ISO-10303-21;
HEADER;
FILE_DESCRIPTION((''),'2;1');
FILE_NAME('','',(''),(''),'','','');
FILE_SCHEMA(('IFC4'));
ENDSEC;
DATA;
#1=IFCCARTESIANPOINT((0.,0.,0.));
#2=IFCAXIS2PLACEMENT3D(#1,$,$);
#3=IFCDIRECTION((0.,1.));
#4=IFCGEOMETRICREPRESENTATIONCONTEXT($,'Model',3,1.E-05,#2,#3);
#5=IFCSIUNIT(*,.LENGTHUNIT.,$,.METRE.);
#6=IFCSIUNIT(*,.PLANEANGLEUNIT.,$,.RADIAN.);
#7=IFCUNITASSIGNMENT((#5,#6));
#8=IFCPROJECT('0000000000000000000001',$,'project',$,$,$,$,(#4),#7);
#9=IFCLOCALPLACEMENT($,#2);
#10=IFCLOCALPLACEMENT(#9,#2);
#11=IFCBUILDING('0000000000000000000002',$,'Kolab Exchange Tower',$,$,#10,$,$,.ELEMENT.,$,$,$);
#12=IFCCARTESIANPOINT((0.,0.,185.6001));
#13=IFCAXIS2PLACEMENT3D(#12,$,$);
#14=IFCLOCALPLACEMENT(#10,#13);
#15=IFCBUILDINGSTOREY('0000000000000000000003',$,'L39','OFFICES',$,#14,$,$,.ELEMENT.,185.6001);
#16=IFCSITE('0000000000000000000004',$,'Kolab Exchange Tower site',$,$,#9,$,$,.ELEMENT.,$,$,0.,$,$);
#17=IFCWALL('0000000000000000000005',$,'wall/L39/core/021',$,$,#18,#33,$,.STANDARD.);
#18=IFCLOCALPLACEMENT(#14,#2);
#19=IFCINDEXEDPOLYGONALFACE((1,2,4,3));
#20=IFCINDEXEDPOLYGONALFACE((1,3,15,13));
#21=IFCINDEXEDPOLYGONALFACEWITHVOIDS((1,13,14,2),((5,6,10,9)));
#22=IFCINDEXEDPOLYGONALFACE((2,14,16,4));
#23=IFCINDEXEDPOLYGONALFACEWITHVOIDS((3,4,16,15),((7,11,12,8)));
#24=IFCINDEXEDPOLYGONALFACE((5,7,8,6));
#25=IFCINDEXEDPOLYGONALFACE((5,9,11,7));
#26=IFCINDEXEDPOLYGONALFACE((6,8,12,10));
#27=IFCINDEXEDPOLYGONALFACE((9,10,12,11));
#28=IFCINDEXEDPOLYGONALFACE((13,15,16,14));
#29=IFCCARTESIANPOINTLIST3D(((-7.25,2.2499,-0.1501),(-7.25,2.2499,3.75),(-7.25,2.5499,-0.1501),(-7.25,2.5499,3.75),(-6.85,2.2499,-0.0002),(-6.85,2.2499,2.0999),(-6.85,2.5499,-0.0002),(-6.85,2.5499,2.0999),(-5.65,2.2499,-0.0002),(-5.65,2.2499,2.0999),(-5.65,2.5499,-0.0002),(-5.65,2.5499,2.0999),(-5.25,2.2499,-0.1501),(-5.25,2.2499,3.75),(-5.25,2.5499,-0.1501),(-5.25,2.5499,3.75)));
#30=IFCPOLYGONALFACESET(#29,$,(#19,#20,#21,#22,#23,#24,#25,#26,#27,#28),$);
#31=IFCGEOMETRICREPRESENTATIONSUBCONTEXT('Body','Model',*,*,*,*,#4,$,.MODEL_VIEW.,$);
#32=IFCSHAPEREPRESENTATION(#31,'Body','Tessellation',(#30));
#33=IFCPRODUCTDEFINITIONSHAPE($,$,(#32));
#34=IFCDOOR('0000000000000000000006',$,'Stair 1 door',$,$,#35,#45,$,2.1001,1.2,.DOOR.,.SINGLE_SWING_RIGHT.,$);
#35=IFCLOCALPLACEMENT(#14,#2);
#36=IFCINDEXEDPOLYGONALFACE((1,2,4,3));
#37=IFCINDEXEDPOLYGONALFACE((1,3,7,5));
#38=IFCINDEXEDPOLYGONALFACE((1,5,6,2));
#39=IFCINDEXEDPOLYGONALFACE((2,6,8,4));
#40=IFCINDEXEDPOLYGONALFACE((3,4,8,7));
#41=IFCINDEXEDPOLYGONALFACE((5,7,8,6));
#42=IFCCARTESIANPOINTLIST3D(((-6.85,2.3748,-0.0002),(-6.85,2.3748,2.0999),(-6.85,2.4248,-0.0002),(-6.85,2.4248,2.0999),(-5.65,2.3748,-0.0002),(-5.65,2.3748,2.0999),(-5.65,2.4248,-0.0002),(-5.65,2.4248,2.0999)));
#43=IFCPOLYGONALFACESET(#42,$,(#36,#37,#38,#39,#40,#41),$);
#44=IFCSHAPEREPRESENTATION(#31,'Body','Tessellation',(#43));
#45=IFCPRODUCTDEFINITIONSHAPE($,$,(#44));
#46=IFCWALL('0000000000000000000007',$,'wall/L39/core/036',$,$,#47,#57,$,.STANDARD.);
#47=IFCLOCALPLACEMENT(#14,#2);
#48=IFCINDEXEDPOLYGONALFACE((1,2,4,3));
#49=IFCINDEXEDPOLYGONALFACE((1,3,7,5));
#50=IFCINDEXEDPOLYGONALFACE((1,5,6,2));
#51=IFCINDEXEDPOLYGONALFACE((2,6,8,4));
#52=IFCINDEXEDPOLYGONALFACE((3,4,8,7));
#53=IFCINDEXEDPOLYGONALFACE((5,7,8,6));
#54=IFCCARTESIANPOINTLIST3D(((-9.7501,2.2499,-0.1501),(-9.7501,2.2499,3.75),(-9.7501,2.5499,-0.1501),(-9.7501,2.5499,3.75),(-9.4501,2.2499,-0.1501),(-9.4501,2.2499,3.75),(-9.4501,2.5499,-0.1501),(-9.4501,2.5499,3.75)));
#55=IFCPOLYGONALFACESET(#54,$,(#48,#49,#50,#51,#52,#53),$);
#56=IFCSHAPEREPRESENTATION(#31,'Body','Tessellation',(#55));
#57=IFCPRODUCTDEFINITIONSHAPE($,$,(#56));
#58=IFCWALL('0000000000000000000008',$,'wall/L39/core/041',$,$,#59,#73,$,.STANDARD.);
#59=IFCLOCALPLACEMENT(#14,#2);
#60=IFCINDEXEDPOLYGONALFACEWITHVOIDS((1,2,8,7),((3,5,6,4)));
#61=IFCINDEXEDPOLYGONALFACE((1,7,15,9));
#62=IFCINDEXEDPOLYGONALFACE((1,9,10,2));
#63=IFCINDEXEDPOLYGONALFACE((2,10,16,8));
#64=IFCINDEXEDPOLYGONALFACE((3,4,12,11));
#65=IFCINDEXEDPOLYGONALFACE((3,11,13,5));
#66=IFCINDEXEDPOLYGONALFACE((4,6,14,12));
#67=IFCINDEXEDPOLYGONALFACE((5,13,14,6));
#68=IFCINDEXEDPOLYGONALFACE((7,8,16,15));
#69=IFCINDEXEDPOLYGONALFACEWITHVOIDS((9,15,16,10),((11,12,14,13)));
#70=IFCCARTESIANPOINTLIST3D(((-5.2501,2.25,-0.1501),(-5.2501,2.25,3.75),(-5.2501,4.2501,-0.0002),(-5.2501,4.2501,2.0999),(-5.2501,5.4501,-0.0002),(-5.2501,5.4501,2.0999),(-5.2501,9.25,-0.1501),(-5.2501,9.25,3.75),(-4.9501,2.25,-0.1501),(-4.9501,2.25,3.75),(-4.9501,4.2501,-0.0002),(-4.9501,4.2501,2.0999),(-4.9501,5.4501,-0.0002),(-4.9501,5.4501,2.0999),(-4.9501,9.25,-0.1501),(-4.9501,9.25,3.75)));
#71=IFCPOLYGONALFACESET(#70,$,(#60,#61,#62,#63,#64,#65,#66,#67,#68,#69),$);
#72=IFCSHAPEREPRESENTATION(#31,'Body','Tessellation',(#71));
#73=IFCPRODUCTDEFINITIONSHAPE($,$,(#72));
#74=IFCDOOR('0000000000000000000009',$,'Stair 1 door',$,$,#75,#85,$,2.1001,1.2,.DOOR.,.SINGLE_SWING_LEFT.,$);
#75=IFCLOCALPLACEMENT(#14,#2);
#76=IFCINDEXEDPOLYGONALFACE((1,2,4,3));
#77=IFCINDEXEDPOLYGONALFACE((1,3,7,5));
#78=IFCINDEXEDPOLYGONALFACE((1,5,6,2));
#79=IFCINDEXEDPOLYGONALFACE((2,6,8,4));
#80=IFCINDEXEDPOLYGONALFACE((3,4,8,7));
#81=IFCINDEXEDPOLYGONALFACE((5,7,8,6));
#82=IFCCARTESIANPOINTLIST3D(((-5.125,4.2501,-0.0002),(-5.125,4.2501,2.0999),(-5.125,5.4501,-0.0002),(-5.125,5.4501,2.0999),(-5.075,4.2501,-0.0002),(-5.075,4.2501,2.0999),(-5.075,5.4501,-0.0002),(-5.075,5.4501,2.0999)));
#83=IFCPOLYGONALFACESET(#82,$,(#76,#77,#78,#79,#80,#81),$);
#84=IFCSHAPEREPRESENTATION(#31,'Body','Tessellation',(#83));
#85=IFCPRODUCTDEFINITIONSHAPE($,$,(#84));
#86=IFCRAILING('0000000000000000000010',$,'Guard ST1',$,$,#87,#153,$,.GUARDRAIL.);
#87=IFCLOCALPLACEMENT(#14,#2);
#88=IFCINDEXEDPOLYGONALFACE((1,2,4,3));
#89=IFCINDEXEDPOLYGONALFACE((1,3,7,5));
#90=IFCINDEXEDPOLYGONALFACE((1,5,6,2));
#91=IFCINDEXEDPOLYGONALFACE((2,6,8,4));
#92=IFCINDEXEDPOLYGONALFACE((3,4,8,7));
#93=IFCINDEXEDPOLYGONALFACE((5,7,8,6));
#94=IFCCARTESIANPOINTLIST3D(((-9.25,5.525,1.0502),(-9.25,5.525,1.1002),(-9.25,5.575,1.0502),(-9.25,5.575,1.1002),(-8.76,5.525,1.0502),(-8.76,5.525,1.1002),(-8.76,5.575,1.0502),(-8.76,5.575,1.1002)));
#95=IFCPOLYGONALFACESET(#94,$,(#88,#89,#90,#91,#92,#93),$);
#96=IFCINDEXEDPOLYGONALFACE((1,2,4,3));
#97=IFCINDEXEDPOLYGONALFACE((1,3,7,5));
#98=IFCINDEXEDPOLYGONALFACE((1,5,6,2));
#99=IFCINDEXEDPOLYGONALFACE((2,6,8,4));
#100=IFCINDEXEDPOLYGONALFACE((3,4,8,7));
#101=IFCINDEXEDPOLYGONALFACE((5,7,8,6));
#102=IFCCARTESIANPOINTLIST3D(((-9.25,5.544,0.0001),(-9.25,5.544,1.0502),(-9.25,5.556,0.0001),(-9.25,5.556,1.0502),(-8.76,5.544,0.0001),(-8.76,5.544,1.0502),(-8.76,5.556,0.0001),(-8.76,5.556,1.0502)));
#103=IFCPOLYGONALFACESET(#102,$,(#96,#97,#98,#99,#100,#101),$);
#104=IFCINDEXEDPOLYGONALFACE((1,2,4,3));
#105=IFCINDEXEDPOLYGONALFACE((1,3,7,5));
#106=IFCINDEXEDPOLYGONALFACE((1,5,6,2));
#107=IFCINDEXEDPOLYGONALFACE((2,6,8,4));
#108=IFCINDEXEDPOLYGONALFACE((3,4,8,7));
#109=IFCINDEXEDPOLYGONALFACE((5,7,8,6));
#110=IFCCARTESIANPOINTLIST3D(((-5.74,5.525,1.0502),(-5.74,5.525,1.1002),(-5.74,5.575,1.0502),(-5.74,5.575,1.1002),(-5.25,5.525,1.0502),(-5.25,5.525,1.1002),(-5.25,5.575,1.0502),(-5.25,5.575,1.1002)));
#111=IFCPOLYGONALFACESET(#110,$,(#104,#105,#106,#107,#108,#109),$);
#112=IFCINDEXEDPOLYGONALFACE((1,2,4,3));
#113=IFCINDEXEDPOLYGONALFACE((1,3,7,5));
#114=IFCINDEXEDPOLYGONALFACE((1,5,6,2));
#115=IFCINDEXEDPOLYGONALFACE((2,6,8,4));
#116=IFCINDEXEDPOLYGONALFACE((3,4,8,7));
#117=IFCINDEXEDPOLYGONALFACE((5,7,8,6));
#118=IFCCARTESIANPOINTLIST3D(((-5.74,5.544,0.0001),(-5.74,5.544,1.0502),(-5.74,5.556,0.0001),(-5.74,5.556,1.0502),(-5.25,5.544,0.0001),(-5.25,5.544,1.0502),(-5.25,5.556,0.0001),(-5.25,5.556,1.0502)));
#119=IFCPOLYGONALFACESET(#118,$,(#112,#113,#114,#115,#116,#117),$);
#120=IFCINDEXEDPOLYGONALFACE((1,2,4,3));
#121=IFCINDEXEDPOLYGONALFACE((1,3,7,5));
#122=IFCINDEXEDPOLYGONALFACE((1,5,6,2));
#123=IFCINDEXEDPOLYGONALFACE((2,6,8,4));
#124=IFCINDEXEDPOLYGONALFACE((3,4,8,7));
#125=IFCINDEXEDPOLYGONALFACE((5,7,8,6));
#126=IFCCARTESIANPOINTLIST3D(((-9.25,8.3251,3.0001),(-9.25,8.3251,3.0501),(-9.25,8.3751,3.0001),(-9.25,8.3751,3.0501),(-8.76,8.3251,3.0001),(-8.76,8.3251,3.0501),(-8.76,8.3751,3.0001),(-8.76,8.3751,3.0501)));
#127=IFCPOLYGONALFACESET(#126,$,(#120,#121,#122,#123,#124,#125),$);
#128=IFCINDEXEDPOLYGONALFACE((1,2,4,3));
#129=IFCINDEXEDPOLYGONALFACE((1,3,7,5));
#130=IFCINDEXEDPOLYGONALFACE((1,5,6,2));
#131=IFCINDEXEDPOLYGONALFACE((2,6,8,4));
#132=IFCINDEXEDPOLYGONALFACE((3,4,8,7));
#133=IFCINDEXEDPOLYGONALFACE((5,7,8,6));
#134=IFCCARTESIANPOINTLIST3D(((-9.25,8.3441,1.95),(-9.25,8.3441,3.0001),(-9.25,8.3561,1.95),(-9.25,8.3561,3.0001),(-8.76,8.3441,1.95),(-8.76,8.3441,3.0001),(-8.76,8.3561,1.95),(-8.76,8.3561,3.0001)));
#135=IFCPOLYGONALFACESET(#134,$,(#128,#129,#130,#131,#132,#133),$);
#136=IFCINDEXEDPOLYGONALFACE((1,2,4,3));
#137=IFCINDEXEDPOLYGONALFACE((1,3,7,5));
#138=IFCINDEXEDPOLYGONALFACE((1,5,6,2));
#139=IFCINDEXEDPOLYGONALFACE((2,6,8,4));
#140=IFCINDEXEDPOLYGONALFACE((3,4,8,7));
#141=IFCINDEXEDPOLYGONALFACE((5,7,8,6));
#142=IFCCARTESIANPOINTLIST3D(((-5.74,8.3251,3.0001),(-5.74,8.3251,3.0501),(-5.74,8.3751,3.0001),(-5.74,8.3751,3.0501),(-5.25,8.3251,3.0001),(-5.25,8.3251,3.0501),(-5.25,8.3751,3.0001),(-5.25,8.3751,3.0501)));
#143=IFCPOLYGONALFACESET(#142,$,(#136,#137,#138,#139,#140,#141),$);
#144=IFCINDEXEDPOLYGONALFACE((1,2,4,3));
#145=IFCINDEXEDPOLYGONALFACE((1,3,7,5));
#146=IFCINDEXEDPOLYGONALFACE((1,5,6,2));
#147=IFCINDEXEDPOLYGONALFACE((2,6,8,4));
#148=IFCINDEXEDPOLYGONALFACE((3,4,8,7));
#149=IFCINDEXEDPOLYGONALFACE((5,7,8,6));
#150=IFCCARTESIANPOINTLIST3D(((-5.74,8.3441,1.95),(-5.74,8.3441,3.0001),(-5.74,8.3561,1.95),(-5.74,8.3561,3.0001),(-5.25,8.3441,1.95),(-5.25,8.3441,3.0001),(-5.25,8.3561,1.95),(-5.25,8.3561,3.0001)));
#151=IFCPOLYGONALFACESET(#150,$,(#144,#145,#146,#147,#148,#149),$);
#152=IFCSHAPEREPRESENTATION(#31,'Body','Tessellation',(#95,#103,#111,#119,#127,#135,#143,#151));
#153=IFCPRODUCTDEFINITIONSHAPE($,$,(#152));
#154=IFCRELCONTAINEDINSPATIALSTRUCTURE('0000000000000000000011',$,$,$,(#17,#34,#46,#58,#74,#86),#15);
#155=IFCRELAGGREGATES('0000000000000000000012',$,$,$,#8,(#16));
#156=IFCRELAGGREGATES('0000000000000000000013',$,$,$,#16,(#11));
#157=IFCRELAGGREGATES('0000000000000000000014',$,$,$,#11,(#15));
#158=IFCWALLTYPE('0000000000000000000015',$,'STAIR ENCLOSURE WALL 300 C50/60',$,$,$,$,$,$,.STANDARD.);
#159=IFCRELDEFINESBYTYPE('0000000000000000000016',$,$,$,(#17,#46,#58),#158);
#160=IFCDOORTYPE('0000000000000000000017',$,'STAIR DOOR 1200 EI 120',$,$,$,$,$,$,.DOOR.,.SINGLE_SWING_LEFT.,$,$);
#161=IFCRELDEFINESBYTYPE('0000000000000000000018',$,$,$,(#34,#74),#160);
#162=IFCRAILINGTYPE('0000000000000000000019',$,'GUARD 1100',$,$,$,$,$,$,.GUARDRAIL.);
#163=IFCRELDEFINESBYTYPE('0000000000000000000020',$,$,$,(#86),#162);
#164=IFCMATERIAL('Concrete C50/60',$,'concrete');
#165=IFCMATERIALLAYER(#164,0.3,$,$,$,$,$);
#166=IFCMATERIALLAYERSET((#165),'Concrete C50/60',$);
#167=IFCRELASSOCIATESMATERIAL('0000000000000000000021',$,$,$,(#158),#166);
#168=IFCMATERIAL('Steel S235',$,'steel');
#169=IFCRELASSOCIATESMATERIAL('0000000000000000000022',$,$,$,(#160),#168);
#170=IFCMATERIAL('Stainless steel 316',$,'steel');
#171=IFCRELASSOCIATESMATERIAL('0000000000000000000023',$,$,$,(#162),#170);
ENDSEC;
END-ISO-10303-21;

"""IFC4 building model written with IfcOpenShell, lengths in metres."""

from ifc_helpers import new_model, si_unit, direction, frame, frame_2d, origin, origin_2d, place, context, subcontext, project, spatial, rectangle, extrude, material, layer, layer_set, type_object, element, fill, save


model = new_model("IFC4")

# Units and contexts
model_context = context("Model", 3, precision=1e-05, world=origin(), true_north=direction((0.0, 1.0)))
body_context = subcontext(model_context, "Body", "Model", "MODEL_VIEW")
ifc_project = project(units=[si_unit("LENGTHUNIT", "METRE"), si_unit("PLANEANGLEUNIT", "RADIAN")], contexts=[model_context])

# Site, building, storey
site_placement = place(None, origin())
site = spatial("IfcSite", under=ifc_project, at=site_placement, Name="Kolab Exchange Tower site", CompositionType="ELEMENT", RefElevation=0.0)
building_placement = place(site_placement, origin())
building = spatial("IfcBuilding", under=site, at=building_placement, Name="Kolab Exchange Tower", CompositionType="ELEMENT")
storey_placement = place(building_placement, frame((0.0, 0.0, 185.6001)))
storey = spatial("IfcBuildingStorey", under=building, at=storey_placement, Name="L39", Description="OFFICES", CompositionType="ELEMENT", Elevation=185.6001)

# Shared definitions
ifc_material_1 = material(Name="Concrete C50/60", Category="concrete")

# Shared definitions
ifc_material_2 = material(Name="Stainless steel 316", Category="steel")
ifc_material_3 = material(Name="Steel S235", Category="steel")

# Shared definitions
ifc_layer_1 = layer(ifc_material_1, 0.3)
ifc_layer_set_1 = layer_set([ifc_layer_1], Name="Concrete C50/60")
wall_type_1 = type_object("IfcWallType", Name="STAIR ENCLOSURE WALL 300 C50/60", PredefinedType="STANDARD", material=ifc_layer_set_1)

# Wall, opening, door
wall_1_placement = place(storey_placement, frame((-7.25, 2.3999, -0.1501), z_axis=(0.0, 0.0, 1.0), x_axis=(1.0, 0.0, 0.0)))
wall_1 = element("IfcWall", 1, at=wall_1_placement, inside=storey, type_object=wall_type_1, Name="wall/L39/core/021", PredefinedType="STANDARD", context=body_context, shape_type="SweptSolid", body=[
    extrude(rectangle(XDim=2.0, YDim=0.3, at=frame_2d((1.0, 0.0))), origin(), (0.0, 0.0, 1.0), 3.9001),
])
opening_1_placement = place(wall_1_placement, frame((0.3999, 0.0, 0.1499)))
opening_1 = element("IfcOpeningElement", 2, at=opening_1_placement, cuts=wall_1, PredefinedType="OPENING", context=body_context, shape_type="SweptSolid", body=[
    extrude(rectangle(XDim=1.2, YDim=2.1001, at=frame_2d((0.6001, 1.05))), frame((0.0, 0.1602, 0.0), z_axis=(0.0, -1.0, 0.0), x_axis=(1.0, 0.0, 0.0)), (0.0, 0.0, 1.0), 0.3201),
])
door_type_1 = type_object("IfcDoorType", Name="STAIR DOOR 1200 EI 120", OperationType="SINGLE_SWING_LEFT", PredefinedType="DOOR", material=ifc_material_3)
door_1_placement = place(opening_1_placement, origin())
door_1 = element("IfcDoor", 3, at=door_1_placement, inside=storey, type_object=door_type_1, Name="Stair 1 door", OperationType="SINGLE_SWING_RIGHT", OverallHeight=2.1001, OverallWidth=1.2, PredefinedType="DOOR", context=body_context, shape_type="SweptSolid", body=[
    extrude(rectangle(XDim=1.2, YDim=2.1001, at=frame_2d((0.6001, 1.05))), frame((0.0, 0.0249, 0.0), z_axis=(0.0, -1.0, 0.0), x_axis=(1.0, 0.0, 0.0)), (0.0, 0.0, 1.0), 0.05),
])
fill(opening_1, door_1)

# Wall
wall_2_placement = place(storey_placement, frame((-9.6001, 2.25, -0.1501), z_axis=(0.0, 0.0, 1.0), x_axis=(0.0, 1.0, 0.0)))
element("IfcWall", 4, at=wall_2_placement, inside=storey, type_object=wall_type_1, Name="wall/L39/core/036", PredefinedType="STANDARD", context=body_context, shape_type="SweptSolid", body=[
    extrude(rectangle(XDim=0.3, YDim=0.3, at=frame_2d((0.1499, 0.0))), origin(), (0.0, 0.0, 1.0), 3.9001),
])

# Wall, opening, door
wall_3_placement = place(storey_placement, frame((-5.1001, 2.25, -0.1501), z_axis=(0.0, 0.0, 1.0), x_axis=(0.0, 1.0, 0.0)))
wall_3 = element("IfcWall", 5, at=wall_3_placement, inside=storey, type_object=wall_type_1, Name="wall/L39/core/041", PredefinedType="STANDARD", context=body_context, shape_type="SweptSolid", body=[
    extrude(rectangle(XDim=7.0, YDim=0.3, at=frame_2d((3.5, 0.0))), origin(), (0.0, 0.0, 1.0), 3.9001),
])
opening_2_placement = place(wall_3_placement, frame((2.0, 0.0, 0.1499)))
opening_2 = element("IfcOpeningElement", 6, at=opening_2_placement, cuts=wall_3, PredefinedType="OPENING", context=body_context, shape_type="SweptSolid", body=[
    extrude(rectangle(XDim=1.2, YDim=2.1001, at=frame_2d((0.6001, 1.05))), frame((0.0, 0.1602, 0.0), z_axis=(0.0, -1.0, 0.0), x_axis=(1.0, 0.0, 0.0)), (0.0, 0.0, 1.0), 0.3201),
])
door_2_placement = place(opening_2_placement, origin())
door_2 = element("IfcDoor", 7, at=door_2_placement, inside=storey, type_object=door_type_1, Name="Stair 1 door", OperationType="SINGLE_SWING_LEFT", OverallHeight=2.1001, OverallWidth=1.2, PredefinedType="DOOR", context=body_context, shape_type="SweptSolid", body=[
    extrude(rectangle(XDim=1.2, YDim=2.1001, at=frame_2d((0.6001, 1.05))), frame((0.0, 0.0249, 0.0), z_axis=(0.0, -1.0, 0.0), x_axis=(1.0, 0.0, 0.0)), (0.0, 0.0, 1.0), 0.05),
])
fill(opening_2, door_2)

# Railing
railing_type = type_object("IfcRailingType", Name="GUARD 1100", PredefinedType="GUARDRAIL", material=ifc_material_2)
railing_placement = place(storey_placement, frame((-9.25, 5.55, 0.0)))
element("IfcRailing", 8, at=railing_placement, inside=storey, type_object=railing_type, Name="Guard ST1", PredefinedType="GUARDRAIL", context=body_context, shape_type="SweptSolid", body=[
    extrude(rectangle(XDim=0.05, YDim=0.05, at=origin_2d()), frame((0.0, 0.0, 1.0752), z_axis=(1.0, 0.0, 0.0), x_axis=(0.0, 1.0, 0.0)), (0.0, 0.0, 1.0), 0.49),
    extrude(rectangle(XDim=0.012, YDim=1.0501, at=frame_2d((0.0, 0.5251))), frame((0.0, 0.0, 0.0), z_axis=(1.0, 0.0, 0.0), x_axis=(0.0, 1.0, 0.0)), (0.0, 0.0, 1.0), 0.49),
    extrude(rectangle(XDim=0.05, YDim=0.05, at=origin_2d()), frame((3.51, 0.0, 1.0752), z_axis=(1.0, 0.0, 0.0), x_axis=(0.0, 1.0, 0.0)), (0.0, 0.0, 1.0), 0.49),
    extrude(rectangle(XDim=0.012, YDim=1.0501, at=frame_2d((0.0, 0.5251))), frame((3.51, 0.0, 0.0), z_axis=(1.0, 0.0, 0.0), x_axis=(0.0, 1.0, 0.0)), (0.0, 0.0, 1.0), 0.49),
    extrude(rectangle(XDim=0.05, YDim=0.05, at=origin_2d()), frame((0.0, 2.8, 3.0251), z_axis=(1.0, 0.0, 0.0), x_axis=(0.0, 1.0, 0.0)), (0.0, 0.0, 1.0), 0.49),
    extrude(rectangle(XDim=0.012, YDim=1.0501, at=frame_2d((0.0, 0.5251))), frame((0.0, 2.8, 1.95), z_axis=(1.0, 0.0, 0.0), x_axis=(0.0, 1.0, 0.0)), (0.0, 0.0, 1.0), 0.49),
    extrude(rectangle(XDim=0.05, YDim=0.05, at=origin_2d()), frame((3.51, 2.8, 3.0251), z_axis=(1.0, 0.0, 0.0), x_axis=(0.0, 1.0, 0.0)), (0.0, 0.0, 1.0), 0.49),
    extrude(rectangle(XDim=0.012, YDim=1.0501, at=frame_2d((0.0, 0.5251))), frame((3.51, 2.8, 1.95), z_axis=(1.0, 0.0, 0.0), x_axis=(0.0, 1.0, 0.0)), (0.0, 0.0, 1.0), 0.49),
])

save(model, "model.ifc")
